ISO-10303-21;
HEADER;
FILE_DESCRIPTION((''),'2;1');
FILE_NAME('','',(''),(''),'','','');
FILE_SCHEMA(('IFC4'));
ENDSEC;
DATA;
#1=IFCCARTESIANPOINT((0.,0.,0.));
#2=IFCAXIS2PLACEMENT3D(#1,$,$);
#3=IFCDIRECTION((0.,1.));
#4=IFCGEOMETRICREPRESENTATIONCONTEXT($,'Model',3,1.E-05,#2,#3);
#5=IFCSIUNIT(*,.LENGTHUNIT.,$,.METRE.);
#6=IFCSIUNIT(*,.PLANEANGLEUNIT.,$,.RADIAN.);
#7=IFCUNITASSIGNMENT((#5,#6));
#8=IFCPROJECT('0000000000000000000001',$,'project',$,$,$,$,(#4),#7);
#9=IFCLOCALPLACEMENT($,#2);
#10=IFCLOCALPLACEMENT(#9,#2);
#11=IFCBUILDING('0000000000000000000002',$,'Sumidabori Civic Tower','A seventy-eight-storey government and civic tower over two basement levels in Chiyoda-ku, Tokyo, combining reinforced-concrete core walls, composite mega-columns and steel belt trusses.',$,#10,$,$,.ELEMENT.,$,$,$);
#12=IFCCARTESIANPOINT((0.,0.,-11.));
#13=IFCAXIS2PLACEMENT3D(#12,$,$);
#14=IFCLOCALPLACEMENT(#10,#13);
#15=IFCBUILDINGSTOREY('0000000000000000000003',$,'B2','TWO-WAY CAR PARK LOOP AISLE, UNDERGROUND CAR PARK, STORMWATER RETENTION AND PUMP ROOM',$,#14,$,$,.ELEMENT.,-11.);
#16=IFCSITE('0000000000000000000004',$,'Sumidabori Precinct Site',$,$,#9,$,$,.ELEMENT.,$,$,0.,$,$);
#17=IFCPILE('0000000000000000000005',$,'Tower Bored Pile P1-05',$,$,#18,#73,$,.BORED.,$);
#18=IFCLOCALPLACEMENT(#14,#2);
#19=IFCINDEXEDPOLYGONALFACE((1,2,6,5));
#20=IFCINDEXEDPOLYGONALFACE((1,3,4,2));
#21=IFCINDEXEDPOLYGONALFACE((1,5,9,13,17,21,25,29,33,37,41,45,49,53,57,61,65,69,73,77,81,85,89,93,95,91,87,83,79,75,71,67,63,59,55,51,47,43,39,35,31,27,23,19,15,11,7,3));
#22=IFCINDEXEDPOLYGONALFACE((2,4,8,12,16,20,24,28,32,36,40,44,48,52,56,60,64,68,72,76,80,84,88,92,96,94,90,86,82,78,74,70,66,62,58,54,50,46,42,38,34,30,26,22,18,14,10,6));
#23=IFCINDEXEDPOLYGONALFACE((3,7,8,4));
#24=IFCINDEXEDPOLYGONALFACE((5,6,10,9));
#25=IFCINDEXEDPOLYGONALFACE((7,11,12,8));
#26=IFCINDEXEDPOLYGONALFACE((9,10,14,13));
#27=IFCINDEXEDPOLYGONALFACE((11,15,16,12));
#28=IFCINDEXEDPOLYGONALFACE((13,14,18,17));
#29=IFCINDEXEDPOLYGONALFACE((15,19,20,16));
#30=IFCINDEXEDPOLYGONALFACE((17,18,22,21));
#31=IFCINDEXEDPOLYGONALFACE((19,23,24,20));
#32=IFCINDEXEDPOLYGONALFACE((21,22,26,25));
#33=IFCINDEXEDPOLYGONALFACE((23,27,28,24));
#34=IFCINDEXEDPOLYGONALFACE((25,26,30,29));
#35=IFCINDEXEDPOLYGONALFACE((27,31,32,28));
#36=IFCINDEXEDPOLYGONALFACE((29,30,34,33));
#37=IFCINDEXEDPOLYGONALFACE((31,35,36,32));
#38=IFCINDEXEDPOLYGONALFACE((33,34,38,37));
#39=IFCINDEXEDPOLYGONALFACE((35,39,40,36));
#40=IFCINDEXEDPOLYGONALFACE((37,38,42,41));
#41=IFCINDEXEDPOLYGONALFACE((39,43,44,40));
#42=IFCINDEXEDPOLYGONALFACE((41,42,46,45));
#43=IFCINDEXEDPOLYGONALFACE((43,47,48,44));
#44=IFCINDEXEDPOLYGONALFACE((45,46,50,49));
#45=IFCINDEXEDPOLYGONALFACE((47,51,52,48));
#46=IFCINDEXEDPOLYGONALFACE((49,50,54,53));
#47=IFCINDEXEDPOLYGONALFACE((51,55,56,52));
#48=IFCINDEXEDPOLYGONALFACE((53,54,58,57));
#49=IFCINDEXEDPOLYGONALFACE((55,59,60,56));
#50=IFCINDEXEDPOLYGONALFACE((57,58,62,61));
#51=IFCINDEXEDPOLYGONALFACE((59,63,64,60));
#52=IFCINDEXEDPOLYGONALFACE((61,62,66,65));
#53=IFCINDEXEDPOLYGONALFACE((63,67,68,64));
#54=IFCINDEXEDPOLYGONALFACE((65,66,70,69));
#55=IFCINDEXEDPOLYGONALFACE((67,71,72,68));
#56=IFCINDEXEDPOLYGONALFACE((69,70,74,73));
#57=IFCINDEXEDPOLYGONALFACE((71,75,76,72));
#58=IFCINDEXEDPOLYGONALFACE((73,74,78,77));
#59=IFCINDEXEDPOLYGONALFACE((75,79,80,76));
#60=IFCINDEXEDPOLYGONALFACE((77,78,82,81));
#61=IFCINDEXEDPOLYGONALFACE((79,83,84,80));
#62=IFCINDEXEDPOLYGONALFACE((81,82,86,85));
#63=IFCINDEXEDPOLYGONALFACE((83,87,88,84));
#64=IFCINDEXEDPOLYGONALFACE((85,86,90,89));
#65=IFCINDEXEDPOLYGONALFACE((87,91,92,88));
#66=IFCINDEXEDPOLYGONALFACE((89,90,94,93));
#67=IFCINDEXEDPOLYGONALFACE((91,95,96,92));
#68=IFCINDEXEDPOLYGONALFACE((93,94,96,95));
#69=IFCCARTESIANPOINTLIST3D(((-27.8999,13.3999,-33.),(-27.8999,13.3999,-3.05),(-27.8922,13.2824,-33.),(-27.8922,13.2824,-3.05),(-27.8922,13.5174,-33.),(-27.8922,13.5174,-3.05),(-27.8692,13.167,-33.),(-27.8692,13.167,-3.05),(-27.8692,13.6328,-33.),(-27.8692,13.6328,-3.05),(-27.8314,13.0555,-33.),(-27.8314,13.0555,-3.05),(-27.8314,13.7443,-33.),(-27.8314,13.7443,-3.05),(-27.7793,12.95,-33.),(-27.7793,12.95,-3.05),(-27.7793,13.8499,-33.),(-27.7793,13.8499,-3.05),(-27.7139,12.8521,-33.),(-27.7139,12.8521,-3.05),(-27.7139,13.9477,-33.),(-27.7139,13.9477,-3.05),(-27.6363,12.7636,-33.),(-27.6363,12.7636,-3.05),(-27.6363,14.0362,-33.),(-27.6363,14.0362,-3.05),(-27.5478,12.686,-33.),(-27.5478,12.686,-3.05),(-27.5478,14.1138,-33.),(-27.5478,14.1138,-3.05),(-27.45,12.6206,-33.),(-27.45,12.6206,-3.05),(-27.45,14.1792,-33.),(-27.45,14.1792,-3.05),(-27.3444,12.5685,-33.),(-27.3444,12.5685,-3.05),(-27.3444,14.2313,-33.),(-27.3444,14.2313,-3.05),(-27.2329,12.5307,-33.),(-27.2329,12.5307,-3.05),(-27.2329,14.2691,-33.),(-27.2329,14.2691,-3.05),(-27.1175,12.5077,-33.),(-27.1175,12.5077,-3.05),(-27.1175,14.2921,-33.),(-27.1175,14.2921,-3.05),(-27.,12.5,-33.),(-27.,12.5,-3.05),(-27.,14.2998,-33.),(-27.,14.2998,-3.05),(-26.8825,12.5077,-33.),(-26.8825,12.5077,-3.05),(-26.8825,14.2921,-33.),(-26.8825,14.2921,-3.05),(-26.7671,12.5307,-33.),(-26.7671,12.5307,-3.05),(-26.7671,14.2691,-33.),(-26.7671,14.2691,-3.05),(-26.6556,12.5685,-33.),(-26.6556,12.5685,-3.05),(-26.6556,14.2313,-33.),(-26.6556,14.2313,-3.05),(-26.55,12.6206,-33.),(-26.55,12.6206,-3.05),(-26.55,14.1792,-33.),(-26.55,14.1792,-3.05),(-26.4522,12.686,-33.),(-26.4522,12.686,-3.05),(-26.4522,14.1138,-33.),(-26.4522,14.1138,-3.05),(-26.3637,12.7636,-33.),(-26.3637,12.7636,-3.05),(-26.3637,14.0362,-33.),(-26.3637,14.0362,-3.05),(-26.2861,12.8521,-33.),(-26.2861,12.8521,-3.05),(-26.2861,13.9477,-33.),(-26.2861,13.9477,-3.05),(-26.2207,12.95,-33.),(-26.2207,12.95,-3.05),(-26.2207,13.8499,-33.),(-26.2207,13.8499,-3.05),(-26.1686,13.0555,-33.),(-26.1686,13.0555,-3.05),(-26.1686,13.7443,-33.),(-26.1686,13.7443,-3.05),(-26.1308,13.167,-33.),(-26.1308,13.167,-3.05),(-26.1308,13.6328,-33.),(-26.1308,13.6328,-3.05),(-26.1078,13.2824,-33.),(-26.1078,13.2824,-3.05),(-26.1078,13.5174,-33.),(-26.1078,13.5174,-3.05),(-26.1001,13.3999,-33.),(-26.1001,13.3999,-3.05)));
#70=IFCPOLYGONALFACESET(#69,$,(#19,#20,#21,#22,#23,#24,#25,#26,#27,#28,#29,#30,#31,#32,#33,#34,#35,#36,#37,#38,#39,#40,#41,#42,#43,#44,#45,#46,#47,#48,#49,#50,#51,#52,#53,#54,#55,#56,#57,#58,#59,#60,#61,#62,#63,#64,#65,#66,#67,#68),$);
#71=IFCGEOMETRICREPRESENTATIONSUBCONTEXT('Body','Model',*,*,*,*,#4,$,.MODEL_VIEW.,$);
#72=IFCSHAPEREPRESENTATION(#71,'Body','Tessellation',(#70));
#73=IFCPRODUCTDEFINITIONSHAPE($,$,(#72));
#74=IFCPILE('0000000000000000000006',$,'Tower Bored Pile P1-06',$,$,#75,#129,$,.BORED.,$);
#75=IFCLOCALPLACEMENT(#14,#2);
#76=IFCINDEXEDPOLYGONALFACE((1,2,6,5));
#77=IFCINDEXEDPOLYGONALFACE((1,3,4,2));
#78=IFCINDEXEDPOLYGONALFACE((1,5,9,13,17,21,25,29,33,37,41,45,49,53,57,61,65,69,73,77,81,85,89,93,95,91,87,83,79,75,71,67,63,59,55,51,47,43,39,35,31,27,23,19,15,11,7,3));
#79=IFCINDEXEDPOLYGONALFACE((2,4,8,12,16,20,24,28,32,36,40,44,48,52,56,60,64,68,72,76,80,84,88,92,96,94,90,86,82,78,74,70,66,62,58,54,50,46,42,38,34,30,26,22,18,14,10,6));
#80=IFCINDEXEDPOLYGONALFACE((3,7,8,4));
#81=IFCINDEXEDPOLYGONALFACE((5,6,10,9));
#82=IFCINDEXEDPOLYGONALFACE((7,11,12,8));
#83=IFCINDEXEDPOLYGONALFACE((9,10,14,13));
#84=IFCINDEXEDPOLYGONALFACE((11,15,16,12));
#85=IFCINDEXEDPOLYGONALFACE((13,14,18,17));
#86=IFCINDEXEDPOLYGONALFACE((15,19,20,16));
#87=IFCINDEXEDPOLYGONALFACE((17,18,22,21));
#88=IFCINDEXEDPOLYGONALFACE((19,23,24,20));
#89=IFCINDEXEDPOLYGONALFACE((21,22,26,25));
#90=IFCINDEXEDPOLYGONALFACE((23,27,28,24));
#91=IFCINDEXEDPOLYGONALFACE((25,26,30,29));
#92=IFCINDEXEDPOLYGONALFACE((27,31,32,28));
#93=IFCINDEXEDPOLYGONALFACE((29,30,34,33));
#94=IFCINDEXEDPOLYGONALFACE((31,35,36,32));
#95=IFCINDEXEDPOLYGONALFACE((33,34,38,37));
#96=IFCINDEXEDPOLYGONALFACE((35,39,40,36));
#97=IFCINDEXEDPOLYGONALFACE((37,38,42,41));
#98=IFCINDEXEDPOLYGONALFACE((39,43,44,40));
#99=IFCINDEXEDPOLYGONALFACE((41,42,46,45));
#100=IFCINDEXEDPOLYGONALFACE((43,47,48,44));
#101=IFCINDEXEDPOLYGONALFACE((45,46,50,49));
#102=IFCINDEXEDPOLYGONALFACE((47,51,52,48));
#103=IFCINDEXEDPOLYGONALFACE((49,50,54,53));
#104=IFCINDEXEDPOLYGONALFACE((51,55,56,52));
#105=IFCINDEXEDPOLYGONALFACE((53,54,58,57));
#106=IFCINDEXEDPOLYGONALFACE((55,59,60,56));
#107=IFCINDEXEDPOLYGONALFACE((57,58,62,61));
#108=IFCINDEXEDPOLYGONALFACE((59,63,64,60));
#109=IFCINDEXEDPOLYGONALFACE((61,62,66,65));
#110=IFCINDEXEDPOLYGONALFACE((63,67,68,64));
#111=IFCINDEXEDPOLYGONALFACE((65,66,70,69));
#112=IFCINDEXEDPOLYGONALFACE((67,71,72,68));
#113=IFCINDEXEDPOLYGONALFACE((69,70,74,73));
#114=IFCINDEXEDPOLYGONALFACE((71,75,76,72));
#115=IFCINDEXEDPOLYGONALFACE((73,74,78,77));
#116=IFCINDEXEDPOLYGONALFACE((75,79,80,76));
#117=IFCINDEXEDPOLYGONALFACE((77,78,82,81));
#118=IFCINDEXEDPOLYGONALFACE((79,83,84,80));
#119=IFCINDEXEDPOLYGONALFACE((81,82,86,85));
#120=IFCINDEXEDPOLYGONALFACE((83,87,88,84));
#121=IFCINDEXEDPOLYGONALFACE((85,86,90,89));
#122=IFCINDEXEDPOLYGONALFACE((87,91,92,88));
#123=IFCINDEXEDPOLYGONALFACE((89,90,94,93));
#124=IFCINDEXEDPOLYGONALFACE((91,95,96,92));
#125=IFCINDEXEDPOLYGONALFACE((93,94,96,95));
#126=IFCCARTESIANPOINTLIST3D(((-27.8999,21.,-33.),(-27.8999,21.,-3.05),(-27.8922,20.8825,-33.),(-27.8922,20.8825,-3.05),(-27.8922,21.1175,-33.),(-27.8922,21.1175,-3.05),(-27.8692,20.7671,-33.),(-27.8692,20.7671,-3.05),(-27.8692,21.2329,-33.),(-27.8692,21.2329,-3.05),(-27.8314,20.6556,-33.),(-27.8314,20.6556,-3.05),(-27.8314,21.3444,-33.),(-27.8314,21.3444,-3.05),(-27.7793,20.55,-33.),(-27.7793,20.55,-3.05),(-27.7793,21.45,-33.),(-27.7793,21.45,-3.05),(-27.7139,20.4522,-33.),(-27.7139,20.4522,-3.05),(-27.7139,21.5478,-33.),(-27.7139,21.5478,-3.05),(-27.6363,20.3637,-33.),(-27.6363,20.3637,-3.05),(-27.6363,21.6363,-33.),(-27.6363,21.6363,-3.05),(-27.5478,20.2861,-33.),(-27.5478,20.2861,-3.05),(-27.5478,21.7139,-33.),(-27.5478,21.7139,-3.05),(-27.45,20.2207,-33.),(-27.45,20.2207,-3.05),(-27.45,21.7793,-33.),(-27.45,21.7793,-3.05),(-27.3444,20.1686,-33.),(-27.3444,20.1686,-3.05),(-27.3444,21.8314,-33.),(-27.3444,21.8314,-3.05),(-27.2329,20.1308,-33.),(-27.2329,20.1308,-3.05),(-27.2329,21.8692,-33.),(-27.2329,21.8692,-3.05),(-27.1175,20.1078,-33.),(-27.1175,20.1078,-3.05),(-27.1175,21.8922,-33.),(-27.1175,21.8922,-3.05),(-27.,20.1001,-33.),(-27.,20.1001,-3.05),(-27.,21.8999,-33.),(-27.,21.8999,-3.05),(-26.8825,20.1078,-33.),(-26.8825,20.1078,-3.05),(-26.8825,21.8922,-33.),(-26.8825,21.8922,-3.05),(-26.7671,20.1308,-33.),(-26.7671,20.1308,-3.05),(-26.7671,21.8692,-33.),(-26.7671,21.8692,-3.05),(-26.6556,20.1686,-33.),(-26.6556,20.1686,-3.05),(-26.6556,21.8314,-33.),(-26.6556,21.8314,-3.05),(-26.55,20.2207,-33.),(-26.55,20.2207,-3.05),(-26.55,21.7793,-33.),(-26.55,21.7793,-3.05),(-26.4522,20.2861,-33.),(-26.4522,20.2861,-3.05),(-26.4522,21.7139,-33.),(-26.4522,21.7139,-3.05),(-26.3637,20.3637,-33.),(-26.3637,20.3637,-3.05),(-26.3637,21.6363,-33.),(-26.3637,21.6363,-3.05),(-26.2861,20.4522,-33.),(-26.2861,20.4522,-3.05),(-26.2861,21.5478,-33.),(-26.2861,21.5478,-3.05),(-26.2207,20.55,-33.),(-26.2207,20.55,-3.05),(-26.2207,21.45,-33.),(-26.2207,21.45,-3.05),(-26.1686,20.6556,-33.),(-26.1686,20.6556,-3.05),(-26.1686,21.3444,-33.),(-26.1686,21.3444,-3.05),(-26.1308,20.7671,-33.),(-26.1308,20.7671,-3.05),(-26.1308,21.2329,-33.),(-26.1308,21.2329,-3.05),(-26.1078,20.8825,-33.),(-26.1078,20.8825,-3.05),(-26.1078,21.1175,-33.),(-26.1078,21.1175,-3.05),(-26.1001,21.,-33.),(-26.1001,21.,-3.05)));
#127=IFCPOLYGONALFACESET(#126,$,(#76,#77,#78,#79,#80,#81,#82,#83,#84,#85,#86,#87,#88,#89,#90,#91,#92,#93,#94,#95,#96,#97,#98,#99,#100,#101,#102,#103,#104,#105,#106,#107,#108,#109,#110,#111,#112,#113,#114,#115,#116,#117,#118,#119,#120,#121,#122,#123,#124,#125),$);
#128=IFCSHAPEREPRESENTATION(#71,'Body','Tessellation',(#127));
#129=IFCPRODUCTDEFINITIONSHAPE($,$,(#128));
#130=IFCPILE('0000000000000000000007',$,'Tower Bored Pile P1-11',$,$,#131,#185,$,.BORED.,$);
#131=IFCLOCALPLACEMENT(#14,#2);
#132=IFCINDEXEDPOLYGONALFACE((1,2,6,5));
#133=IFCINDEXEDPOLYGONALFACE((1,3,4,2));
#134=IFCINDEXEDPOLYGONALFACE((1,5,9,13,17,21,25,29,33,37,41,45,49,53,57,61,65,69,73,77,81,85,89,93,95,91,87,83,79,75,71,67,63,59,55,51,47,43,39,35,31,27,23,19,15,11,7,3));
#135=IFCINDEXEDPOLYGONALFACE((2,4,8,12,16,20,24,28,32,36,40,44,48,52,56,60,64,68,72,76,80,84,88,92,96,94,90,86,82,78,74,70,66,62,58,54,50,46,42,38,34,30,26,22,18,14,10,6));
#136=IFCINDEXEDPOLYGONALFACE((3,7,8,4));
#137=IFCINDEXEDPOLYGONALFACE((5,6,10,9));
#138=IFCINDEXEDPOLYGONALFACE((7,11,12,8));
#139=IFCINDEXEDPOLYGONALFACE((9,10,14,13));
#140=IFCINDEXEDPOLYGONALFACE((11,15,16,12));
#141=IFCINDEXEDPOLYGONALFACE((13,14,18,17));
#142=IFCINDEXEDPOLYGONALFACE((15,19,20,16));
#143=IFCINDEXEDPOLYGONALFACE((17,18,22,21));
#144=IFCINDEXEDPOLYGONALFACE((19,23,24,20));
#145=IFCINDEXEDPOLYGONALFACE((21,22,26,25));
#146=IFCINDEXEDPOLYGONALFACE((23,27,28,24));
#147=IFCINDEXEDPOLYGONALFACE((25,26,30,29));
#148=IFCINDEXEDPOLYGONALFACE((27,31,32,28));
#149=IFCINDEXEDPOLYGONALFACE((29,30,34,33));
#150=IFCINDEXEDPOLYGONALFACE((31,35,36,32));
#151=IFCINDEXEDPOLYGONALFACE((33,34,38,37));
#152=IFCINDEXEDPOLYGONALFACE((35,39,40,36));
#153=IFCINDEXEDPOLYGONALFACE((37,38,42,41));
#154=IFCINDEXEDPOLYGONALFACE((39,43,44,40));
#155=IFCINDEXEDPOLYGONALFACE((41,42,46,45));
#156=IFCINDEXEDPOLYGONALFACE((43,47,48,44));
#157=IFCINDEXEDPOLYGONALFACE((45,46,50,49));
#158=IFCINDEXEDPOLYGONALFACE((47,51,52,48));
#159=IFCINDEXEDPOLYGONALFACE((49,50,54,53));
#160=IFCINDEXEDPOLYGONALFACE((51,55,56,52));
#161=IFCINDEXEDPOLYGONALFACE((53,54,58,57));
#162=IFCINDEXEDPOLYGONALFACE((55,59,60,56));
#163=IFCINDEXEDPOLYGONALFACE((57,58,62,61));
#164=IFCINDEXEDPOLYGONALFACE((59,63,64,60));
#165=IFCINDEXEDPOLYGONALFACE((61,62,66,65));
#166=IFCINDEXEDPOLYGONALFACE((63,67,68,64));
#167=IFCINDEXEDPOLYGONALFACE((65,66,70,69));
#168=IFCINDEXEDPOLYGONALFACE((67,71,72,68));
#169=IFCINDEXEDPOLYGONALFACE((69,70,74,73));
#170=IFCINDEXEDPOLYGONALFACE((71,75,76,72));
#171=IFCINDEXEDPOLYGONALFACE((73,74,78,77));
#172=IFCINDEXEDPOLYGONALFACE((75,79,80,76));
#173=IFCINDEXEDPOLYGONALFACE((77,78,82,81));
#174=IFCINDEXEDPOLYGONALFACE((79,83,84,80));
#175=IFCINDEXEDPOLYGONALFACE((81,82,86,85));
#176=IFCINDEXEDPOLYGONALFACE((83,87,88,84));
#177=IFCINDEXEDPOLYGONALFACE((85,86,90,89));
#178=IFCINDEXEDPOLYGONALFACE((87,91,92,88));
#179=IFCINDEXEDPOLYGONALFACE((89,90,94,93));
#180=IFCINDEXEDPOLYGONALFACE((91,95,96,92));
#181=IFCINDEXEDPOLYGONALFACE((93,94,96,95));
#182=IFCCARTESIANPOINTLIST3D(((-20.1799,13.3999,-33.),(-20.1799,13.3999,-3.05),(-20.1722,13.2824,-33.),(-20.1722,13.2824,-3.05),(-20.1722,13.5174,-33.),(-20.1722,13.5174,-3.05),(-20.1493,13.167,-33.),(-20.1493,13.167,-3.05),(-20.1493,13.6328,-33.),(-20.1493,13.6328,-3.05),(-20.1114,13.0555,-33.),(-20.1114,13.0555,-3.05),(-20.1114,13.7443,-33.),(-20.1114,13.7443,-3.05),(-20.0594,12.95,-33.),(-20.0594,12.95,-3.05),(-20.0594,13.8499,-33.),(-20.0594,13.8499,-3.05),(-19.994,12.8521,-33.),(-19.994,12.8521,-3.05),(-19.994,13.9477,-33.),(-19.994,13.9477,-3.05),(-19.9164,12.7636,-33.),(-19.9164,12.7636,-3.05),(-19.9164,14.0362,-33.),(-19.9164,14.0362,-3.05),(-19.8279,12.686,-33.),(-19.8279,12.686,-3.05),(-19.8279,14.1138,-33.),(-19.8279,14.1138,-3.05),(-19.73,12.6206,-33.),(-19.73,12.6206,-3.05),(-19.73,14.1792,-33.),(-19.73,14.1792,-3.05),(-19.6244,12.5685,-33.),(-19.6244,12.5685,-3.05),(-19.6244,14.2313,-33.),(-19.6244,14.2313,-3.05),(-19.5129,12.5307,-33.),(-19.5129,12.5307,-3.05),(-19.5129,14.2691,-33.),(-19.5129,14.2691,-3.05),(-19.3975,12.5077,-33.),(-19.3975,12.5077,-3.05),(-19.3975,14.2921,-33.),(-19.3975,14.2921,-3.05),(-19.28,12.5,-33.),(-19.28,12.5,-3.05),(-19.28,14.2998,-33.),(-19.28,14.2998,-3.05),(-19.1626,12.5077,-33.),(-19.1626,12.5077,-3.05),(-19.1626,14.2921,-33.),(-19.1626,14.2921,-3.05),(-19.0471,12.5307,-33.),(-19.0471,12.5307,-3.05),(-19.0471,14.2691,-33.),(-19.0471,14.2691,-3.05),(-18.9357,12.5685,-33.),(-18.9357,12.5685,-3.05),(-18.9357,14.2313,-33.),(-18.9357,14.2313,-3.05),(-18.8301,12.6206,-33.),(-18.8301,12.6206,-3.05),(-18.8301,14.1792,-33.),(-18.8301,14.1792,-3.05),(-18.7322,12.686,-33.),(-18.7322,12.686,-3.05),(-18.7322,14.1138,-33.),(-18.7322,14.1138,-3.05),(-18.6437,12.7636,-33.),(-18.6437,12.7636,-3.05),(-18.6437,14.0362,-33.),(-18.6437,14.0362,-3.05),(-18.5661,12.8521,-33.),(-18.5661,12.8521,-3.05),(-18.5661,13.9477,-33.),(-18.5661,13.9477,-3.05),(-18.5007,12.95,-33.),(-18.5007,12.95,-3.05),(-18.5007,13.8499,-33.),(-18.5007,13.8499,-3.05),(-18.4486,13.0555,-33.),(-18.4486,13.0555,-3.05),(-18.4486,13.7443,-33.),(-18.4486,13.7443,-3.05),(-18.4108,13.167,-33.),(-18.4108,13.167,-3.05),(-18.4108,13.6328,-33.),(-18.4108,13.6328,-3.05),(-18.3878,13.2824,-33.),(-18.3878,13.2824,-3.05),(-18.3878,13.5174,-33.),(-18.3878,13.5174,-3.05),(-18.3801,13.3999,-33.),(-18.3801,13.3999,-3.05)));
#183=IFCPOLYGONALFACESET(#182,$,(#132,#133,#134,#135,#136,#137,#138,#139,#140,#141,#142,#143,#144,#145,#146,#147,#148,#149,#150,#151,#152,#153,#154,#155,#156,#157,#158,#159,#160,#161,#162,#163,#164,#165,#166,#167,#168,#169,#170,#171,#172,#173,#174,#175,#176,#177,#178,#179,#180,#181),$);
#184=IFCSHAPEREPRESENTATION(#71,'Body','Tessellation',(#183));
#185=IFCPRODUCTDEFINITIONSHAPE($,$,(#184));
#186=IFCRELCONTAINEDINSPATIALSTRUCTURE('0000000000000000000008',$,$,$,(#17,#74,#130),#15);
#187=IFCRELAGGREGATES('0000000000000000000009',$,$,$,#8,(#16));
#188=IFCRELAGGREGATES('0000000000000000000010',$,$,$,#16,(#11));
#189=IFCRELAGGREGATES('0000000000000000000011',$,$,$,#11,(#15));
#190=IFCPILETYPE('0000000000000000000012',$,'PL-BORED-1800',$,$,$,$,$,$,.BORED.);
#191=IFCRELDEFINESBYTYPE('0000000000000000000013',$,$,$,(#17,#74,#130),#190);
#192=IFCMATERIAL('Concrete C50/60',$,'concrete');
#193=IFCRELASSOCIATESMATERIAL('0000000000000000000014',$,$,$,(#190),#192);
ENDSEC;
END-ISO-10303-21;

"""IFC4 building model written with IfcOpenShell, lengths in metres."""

from ifc_helpers import new_model, si_unit, direction, frame, origin, origin_2d, place, context, subcontext, project, spatial, circle, extrude, source, transform, mapped, material, material_profile, profile_set, type_object, element, save


model = new_model("IFC4")

# Units and contexts
model_context = context("Model", 3, precision=1e-05, world=origin(), true_north=direction((0.0, 1.0)))
body_context = subcontext(model_context, "Body", "Model", "MODEL_VIEW")
ifc_project = project(units=[si_unit("LENGTHUNIT", "METRE"), si_unit("PLANEANGLEUNIT", "RADIAN")], contexts=[model_context])

# Site, building, storey
site_placement = place(None, origin())
site = spatial("IfcSite", under=ifc_project, at=site_placement, Name="Sumidabori Precinct Site", CompositionType="ELEMENT", RefElevation=0.0)
building_placement = place(site_placement, origin())
building = spatial("IfcBuilding", under=site, at=building_placement, Name="Sumidabori Civic Tower", Description="A seventy-eight-storey government and civic tower over two basement levels in Chiyoda-ku, Tokyo, combining reinforced-concrete core walls, composite mega-columns and steel belt trusses.", CompositionType="ELEMENT")
storey_placement = place(building_placement, frame((0.0, 0.0, -11.0)))
storey = spatial("IfcBuildingStorey", under=building, at=storey_placement, Name="B2", Description="TWO-WAY CAR PARK LOOP AISLE, UNDERGROUND CAR PARK, STORMWATER RETENTION AND PUMP ROOM", CompositionType="ELEMENT", Elevation=-11.0)

# Piles
ifc_material_1 = material(Name="Concrete C50/60", Category="concrete")
ifc_material_profile_1 = material_profile(ifc_material_1, circle(Radius=0.8999, at=origin_2d()), Name="BORED PILE 1800")
ifc_profile_set_1 = profile_set([ifc_material_profile_1], Name="Concrete C50/60")
pile_type_1 = type_object("IfcPileType", Name="PL-BORED-1800", PredefinedType="BORED", material=ifc_profile_set_1)
shared_shape_1 = source(origin(), body_context, "Body", "SweptSolid", [
    extrude(circle(Radius=0.8999, at=origin_2d()), origin(), (0.0, 0.0, 1.0), 29.95),
])
for number, where, z_axis, x_axis, name in (
    (1, (-27.0, 13.3999, -3.05), (0.0, 0.0, -1.0), (1.0, 0.0, 0.0), "Tower Bored Pile P1-05"),
    (2, (-27.0, 21.0, -3.05), (0.0, 0.0, -1.0), (1.0, 0.0, 0.0), "Tower Bored Pile P1-06"),
    (3, (-19.28, 13.3999, -3.05), (0.0, 0.0, -1.0), (1.0, 0.0, 0.0), "Tower Bored Pile P1-11"),
):
    element("IfcPile", number, at=place(storey_placement, frame(where, z_axis=z_axis, x_axis=x_axis)), inside=storey, type_object=pile_type_1, Name=name, PredefinedType="BORED", context=body_context, shape_type="MappedRepresentation", body=[
        mapped(shared_shape_1, transform((0.0, 0.0, 0.0), x_axis=(1.0, 0.0, 0.0), y_axis=(0.0, 1.0, 0.0), z_axis=(0.0, 0.0, 1.0), scale=1.0)),
    ])

save(model, "model.ifc")
